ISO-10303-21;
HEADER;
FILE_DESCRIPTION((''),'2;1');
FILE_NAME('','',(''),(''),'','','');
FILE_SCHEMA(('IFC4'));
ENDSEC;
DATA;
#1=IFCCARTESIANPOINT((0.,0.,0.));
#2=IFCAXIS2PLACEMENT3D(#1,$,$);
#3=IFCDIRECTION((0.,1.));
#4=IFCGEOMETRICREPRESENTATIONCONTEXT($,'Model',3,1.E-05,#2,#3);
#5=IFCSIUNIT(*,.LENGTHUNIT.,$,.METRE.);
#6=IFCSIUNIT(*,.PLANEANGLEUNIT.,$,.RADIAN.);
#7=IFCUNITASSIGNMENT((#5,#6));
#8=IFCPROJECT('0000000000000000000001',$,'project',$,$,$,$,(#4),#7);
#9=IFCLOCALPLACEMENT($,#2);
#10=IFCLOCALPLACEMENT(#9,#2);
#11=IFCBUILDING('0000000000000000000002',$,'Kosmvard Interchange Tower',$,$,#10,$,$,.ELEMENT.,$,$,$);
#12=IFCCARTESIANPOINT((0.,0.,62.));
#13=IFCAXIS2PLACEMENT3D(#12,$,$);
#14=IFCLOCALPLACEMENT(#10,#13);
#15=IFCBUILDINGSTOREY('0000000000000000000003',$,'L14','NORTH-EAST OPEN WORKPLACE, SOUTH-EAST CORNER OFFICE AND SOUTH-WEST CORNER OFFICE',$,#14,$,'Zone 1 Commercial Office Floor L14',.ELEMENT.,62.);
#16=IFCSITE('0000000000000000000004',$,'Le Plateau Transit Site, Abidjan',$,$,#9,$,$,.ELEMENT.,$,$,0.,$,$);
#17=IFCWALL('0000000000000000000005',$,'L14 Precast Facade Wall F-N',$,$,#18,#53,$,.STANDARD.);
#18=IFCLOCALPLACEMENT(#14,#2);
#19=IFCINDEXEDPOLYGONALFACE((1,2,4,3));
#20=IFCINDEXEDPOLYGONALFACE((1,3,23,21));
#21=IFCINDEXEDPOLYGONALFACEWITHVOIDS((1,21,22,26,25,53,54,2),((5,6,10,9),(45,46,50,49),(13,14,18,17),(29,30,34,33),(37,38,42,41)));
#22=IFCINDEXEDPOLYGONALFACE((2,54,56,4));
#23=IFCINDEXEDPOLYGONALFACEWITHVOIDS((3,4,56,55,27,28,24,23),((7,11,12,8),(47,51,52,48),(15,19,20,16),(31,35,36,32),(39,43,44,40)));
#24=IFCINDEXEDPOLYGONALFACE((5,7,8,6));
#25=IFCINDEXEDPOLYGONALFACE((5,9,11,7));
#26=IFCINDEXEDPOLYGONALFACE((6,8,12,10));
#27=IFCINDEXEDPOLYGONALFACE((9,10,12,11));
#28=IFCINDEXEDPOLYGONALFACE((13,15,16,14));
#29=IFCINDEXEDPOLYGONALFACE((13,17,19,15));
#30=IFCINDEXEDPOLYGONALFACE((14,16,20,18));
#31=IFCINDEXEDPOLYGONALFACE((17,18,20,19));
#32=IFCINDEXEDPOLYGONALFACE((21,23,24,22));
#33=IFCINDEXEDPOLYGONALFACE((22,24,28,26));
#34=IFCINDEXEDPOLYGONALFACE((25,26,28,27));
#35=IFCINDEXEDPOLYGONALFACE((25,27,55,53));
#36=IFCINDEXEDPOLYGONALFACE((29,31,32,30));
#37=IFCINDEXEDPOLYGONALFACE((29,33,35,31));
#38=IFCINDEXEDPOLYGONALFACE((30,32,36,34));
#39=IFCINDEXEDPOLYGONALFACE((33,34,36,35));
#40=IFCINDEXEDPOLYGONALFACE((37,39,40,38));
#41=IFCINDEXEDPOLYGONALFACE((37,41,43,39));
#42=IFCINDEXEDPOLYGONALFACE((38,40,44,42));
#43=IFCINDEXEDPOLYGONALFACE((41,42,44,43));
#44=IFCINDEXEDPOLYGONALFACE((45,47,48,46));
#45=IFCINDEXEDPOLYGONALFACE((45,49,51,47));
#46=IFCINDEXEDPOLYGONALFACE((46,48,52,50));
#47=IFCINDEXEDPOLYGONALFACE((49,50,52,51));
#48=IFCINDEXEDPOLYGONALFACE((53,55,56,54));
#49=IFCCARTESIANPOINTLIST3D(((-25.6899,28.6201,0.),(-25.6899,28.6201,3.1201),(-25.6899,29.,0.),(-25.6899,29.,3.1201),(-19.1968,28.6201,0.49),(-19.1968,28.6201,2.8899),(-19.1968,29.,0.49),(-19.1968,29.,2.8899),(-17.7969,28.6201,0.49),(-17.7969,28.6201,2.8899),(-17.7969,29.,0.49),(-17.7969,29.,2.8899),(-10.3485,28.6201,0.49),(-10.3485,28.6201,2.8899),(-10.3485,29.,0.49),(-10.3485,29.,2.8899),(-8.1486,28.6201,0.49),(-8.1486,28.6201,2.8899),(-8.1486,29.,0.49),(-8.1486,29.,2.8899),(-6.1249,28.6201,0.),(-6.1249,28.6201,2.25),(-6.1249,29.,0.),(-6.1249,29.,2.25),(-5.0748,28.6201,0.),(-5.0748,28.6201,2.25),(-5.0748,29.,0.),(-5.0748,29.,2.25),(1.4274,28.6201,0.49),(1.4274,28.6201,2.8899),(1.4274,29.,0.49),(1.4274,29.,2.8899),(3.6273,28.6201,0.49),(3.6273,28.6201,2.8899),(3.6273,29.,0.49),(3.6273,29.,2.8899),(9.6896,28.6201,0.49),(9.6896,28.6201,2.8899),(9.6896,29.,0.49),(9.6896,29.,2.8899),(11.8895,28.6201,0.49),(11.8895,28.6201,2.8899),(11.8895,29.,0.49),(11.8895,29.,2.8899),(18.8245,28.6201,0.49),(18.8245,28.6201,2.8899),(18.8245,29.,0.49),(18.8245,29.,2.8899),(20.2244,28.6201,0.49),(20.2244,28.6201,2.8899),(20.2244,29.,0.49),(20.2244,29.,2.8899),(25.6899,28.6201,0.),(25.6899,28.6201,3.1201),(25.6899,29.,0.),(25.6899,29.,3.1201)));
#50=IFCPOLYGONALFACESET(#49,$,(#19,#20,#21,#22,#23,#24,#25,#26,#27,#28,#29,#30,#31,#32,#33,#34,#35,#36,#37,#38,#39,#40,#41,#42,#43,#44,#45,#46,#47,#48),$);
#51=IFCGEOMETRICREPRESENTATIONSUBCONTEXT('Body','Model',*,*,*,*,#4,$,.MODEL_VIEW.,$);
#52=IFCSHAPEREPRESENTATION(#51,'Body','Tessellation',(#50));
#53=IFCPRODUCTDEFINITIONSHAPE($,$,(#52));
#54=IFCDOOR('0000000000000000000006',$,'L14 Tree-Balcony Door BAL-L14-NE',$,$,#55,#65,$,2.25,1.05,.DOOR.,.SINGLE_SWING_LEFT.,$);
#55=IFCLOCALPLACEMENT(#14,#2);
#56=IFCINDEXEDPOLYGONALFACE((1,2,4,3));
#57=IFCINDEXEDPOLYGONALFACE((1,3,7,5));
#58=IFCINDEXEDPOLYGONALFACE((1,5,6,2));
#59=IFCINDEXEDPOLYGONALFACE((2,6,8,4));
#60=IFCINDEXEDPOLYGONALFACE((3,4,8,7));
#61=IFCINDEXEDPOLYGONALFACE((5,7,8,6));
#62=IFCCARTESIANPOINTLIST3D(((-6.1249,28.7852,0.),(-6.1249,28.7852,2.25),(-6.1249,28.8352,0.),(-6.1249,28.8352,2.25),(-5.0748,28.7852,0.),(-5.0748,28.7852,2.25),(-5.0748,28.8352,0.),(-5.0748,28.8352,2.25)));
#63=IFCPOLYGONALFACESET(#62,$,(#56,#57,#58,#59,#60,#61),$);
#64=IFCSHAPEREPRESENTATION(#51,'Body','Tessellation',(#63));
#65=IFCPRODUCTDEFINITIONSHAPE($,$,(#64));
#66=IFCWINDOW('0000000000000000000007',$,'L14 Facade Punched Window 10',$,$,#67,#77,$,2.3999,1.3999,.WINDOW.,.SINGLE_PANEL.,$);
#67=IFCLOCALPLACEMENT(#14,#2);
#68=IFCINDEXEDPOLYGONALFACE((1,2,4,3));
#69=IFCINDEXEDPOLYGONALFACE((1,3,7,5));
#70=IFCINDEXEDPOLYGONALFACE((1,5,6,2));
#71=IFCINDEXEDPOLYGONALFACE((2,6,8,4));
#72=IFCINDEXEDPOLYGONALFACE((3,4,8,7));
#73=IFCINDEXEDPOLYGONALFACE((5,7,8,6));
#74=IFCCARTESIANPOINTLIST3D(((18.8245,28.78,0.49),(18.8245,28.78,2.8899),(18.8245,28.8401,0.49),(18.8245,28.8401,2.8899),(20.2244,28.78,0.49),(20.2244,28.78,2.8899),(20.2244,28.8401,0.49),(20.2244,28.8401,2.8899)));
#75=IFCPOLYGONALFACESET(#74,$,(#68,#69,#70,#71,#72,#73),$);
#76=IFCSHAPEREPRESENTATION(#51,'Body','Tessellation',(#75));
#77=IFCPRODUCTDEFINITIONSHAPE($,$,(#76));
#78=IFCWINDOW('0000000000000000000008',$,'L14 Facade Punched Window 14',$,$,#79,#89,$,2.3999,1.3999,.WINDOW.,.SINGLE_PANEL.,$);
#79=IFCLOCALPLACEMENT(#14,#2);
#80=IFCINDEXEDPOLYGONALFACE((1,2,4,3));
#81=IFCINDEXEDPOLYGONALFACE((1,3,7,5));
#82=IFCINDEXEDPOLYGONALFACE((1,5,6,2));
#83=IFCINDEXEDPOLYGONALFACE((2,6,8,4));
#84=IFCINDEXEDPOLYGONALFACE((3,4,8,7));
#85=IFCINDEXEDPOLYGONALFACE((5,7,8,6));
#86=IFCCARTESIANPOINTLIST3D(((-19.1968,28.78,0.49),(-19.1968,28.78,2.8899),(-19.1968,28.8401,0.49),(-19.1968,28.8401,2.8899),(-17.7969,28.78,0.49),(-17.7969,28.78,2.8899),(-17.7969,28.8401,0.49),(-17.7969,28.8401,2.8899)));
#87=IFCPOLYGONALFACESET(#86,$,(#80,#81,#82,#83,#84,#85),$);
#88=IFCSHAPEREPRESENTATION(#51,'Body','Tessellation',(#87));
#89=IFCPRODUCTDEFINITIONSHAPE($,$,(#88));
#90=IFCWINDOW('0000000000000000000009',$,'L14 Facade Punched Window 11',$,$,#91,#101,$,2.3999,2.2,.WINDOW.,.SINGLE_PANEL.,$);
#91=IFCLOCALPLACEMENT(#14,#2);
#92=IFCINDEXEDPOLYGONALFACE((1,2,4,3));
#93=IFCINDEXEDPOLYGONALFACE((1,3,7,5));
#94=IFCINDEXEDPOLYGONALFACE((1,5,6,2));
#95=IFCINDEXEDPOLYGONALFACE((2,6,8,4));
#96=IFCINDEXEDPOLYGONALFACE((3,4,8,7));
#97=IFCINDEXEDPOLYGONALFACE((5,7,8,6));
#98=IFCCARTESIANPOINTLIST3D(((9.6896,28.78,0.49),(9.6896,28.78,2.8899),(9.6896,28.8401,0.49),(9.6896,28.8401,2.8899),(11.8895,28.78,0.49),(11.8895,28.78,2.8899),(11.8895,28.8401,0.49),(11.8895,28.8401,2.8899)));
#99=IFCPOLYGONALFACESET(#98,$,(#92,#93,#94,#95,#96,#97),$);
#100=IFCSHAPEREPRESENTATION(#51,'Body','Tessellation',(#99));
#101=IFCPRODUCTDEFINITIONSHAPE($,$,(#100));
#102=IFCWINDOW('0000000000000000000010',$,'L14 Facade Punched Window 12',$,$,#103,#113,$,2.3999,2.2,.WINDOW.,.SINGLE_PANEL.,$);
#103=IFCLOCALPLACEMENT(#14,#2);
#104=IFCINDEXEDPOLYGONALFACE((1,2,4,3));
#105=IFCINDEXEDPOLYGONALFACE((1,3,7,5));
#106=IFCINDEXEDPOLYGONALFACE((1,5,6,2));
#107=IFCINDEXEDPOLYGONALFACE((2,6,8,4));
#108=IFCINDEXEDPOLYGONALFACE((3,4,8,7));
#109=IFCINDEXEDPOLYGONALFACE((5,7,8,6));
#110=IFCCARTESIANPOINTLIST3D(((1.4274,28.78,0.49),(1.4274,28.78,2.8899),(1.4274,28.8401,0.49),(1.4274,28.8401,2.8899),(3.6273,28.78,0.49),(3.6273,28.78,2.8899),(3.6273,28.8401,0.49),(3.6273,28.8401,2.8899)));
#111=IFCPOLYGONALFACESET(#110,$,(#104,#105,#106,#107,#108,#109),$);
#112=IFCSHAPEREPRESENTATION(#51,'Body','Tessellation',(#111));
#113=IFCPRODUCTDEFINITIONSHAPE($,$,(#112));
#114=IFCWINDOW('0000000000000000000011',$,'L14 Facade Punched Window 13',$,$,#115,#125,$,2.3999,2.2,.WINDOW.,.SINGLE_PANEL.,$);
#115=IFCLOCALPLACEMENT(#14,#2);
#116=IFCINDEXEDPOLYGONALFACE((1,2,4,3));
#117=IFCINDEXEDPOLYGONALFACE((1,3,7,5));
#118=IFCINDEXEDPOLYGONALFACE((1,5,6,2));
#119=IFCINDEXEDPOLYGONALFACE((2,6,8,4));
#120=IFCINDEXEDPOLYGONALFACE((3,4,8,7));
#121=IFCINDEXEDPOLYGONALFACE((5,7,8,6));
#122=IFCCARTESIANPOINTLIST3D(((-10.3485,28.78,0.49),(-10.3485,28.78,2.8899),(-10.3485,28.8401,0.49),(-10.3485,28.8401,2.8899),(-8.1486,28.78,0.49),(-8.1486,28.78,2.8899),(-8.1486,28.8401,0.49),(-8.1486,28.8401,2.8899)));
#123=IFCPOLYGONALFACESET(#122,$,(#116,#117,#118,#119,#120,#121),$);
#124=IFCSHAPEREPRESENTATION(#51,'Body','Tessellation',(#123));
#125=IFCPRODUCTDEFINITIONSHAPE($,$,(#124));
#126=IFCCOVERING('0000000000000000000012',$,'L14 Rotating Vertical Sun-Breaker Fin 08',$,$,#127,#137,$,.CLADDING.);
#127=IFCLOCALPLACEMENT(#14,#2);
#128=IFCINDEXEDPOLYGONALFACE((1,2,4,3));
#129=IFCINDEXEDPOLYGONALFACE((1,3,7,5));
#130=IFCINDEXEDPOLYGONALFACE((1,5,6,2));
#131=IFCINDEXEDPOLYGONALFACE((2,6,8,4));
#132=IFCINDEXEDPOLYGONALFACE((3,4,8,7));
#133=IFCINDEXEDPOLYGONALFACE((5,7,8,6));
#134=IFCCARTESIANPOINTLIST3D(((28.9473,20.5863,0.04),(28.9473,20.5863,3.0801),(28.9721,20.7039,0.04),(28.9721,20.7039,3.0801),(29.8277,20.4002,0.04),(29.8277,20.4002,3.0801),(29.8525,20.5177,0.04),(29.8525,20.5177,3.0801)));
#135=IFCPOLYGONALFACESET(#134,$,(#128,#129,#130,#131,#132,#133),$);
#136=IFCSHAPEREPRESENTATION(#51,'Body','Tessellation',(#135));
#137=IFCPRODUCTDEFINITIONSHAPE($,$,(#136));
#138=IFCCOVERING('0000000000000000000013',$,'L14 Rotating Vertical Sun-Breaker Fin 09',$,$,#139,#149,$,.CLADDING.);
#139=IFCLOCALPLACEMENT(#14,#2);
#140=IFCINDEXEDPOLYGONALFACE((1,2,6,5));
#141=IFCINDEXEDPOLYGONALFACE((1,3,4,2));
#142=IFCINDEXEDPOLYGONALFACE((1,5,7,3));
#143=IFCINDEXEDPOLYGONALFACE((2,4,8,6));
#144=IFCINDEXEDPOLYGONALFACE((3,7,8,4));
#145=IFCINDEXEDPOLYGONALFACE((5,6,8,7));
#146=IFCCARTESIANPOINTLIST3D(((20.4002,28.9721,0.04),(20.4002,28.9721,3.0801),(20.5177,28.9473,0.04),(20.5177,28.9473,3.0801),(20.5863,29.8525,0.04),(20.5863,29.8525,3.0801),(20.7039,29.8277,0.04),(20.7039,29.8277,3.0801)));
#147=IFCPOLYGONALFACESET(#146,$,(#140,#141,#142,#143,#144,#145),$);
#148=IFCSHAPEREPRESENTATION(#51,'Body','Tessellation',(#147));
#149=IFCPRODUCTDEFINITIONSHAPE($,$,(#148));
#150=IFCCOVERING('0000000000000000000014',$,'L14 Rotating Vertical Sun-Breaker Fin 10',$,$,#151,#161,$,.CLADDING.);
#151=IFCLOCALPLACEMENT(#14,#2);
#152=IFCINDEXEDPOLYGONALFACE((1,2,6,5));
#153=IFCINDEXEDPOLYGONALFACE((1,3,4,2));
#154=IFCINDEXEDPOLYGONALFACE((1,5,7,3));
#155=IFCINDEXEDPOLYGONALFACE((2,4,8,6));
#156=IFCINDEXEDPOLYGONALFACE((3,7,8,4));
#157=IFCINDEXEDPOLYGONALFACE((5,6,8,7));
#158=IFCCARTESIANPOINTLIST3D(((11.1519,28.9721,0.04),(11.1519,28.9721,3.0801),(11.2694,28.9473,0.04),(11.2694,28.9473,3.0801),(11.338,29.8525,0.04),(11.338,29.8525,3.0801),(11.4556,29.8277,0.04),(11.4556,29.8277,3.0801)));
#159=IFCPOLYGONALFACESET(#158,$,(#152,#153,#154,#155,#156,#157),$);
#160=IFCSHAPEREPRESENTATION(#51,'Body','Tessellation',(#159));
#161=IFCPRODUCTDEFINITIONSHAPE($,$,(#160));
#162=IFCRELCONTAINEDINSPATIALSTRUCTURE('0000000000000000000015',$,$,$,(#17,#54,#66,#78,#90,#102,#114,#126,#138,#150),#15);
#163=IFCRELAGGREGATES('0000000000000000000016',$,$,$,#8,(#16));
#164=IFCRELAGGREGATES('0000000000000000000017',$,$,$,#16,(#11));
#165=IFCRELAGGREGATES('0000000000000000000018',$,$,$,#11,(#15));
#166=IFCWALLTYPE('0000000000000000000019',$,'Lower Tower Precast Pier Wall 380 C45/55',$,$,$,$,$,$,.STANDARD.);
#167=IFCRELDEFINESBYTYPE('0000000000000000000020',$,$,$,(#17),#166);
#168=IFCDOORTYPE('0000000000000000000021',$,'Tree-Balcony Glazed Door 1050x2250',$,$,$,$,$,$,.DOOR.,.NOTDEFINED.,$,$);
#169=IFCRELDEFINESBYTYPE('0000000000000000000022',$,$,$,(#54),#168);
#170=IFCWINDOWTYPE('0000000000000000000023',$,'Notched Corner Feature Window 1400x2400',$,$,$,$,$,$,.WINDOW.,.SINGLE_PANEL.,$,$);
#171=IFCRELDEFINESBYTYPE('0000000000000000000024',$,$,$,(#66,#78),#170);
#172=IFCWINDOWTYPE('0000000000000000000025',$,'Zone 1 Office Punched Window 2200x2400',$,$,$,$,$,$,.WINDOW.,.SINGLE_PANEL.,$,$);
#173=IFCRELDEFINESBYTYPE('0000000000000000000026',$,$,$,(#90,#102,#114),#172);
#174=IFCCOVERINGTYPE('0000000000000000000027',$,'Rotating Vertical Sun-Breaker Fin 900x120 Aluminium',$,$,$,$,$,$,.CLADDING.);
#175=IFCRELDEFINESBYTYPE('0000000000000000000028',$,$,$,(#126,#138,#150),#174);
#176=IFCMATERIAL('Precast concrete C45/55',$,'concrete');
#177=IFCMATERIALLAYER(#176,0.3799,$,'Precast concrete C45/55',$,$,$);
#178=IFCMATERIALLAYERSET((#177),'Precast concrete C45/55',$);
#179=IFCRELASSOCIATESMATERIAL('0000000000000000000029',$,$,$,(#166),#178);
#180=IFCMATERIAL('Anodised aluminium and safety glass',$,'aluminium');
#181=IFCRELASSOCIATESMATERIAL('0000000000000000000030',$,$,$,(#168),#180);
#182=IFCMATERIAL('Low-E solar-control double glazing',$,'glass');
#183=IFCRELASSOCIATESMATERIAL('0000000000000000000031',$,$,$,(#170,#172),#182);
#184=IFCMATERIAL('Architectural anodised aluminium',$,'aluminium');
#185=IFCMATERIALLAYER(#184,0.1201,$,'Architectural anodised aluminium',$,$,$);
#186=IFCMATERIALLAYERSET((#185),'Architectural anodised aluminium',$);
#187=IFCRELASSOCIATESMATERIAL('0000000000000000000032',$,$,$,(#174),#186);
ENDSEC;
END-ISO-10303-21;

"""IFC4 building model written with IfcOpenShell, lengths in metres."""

from ifc_helpers import new_model, si_unit, direction, frame, frame_2d, origin, origin_2d, place, context, subcontext, project, spatial, rectangle, extrude, source, transform, mapped, material, layer, layer_set, type_object, element, fill, save


model = new_model("IFC4")

# Units and contexts
model_context = context("Model", 3, precision=1e-05, world=origin(), true_north=direction((0.0, 1.0)))
body_context = subcontext(model_context, "Body", "Model", "MODEL_VIEW")
ifc_project = project(units=[si_unit("LENGTHUNIT", "METRE"), si_unit("PLANEANGLEUNIT", "RADIAN")], contexts=[model_context])

# Site, building, storey
site_placement = place(None, origin())
site = spatial("IfcSite", under=ifc_project, at=site_placement, Name="Le Plateau Transit Site, Abidjan", CompositionType="ELEMENT", RefElevation=0.0)
building_placement = place(site_placement, origin())
building = spatial("IfcBuilding", under=site, at=building_placement, Name="Kosmvard Interchange Tower", CompositionType="ELEMENT")
storey_placement = place(building_placement, frame((0.0, 0.0, 62.0)))
storey = spatial("IfcBuildingStorey", under=building, at=storey_placement, Name="L14", Description="NORTH-EAST OPEN WORKPLACE, SOUTH-EAST CORNER OFFICE AND SOUTH-WEST CORNER OFFICE", LongName="Zone 1 Commercial Office Floor L14", CompositionType="ELEMENT", Elevation=62.0)

# Shared definitions
ifc_material_1 = material(Name="Precast concrete C45/55", Category="concrete")

# Shared definitions
ifc_layer_1 = layer(ifc_material_1, 0.3799, Name="Precast concrete C45/55")
ifc_layer_set_1 = layer_set([ifc_layer_1], Name="Precast concrete C45/55")
wall_type = type_object("IfcWallType", Name="Lower Tower Precast Pier Wall 380 C45/55", PredefinedType="STANDARD", material=ifc_layer_set_1)

# Wall, openings, door, windows
wall_1_placement = place(storey_placement, frame((25.6899, 28.8101, 0.0), z_axis=(0.0, 0.0, 1.0), x_axis=(-1.0, 0.0, 0.0)))
wall_1 = element("IfcWall", 1, at=wall_1_placement, inside=storey, type_object=wall_type, Name="L14 Precast Facade Wall F-N", PredefinedType="STANDARD", context=body_context, shape_type="SweptSolid", body=[
    extrude(rectangle(XDim=51.3799, YDim=0.3799, at=frame_2d((25.6899, 0.0))), origin(), (0.0, 0.0, 1.0), 3.1201),
])
opening_1_placement = place(wall_1_placement, frame((30.7649, 0.0, 0.0)))
opening_1 = element("IfcOpeningElement", 2, at=opening_1_placement, cuts=wall_1, PredefinedType="OPENING", context=body_context, shape_type="SweptSolid", body=[
    extrude(rectangle(XDim=1.05, YDim=2.25, at=frame_2d((0.5249, 1.125))), frame((0.0, 0.2, 0.0), z_axis=(0.0, -1.0, 0.0), x_axis=(1.0, 0.0, 0.0)), (0.0, 0.0, 1.0), 0.3999),
])
opening_2_placement = place(wall_1_placement, frame((5.4656, 0.0, 0.49)))
opening_2 = element("IfcOpeningElement", 3, at=opening_2_placement, cuts=wall_1, PredefinedType="OPENING", context=body_context, shape_type="SweptSolid", body=[
    extrude(rectangle(XDim=1.3999, YDim=2.3999, at=frame_2d((0.7, 1.2))), frame((0.0, 0.2, 0.0), z_axis=(0.0, -1.0, 0.0), x_axis=(1.0, 0.0, 0.0)), (0.0, 0.0, 1.0), 0.3999),
])
opening_3_placement = place(wall_1_placement, frame((13.8003, 0.0, 0.49)))
opening_3 = element("IfcOpeningElement", 4, at=opening_3_placement, cuts=wall_1, PredefinedType="OPENING", context=body_context, shape_type="SweptSolid", body=[
    extrude(rectangle(XDim=2.2, YDim=2.3999, at=frame_2d((1.1001, 1.2))), frame((0.0, 0.2, 0.0), z_axis=(0.0, -1.0, 0.0), x_axis=(1.0, 0.0, 0.0)), (0.0, 0.0, 1.0), 0.3999),
])
opening_4_placement = place(wall_1_placement, frame((22.0625, 0.0, 0.49)))
opening_4 = element("IfcOpeningElement", 5, at=opening_4_placement, cuts=wall_1, PredefinedType="OPENING", context=body_context, shape_type="SweptSolid", body=[
    extrude(rectangle(XDim=2.2, YDim=2.3999, at=frame_2d((1.1001, 1.2))), frame((0.0, 0.2, 0.0), z_axis=(0.0, -1.0, 0.0), x_axis=(1.0, 0.0, 0.0)), (0.0, 0.0, 1.0), 0.3999),
])
opening_5_placement = place(wall_1_placement, frame((33.8384, 0.0, 0.49)))
opening_5 = element("IfcOpeningElement", 6, at=opening_5_placement, cuts=wall_1, PredefinedType="OPENING", context=body_context, shape_type="SweptSolid", body=[
    extrude(rectangle(XDim=2.2, YDim=2.3999, at=frame_2d((1.1001, 1.2))), frame((0.0, 0.2, 0.0), z_axis=(0.0, -1.0, 0.0), x_axis=(1.0, 0.0, 0.0)), (0.0, 0.0, 1.0), 0.3999),
])
opening_6_placement = place(wall_1_placement, frame((43.4868, 0.0, 0.49)))
opening_6 = element("IfcOpeningElement", 7, at=opening_6_placement, cuts=wall_1, PredefinedType="OPENING", context=body_context, shape_type="SweptSolid", body=[
    extrude(rectangle(XDim=1.3999, YDim=2.3999, at=frame_2d((0.7, 1.2))), frame((0.0, 0.2, 0.0), z_axis=(0.0, -1.0, 0.0), x_axis=(1.0, 0.0, 0.0)), (0.0, 0.0, 1.0), 0.3999),
])
ifc_material_2 = material(Name="Anodised aluminium and safety glass", Category="aluminium")
door_type = type_object("IfcDoorType", Name="Tree-Balcony Glazed Door 1050x2250", OperationType="NOTDEFINED", PredefinedType="DOOR", material=ifc_material_2)
shared_shape_1 = source(origin(), body_context, "Body", "SweptSolid", [
    extrude(rectangle(XDim=1.05, YDim=2.25, at=frame_2d((0.5249, 1.125))), frame((0.0, 0.0249, 0.0), z_axis=(0.0, -1.0, 0.0), x_axis=(1.0, 0.0, 0.0)), (0.0, 0.0, 1.0), 0.05),
])
door_placement = place(opening_1_placement, origin())
door = element("IfcDoor", 8, at=door_placement, inside=storey, type_object=door_type, Name="L14 Tree-Balcony Door BAL-L14-NE", OperationType="SINGLE_SWING_LEFT", OverallHeight=2.25, OverallWidth=1.05, PredefinedType="DOOR", context=body_context, shape_type="MappedRepresentation", body=[
    mapped(shared_shape_1, transform((0.0, 0.0, 0.0), scale=1.0)),
])
fill(opening_1, door)
ifc_material_3 = material(Name="Low-E solar-control double glazing", Category="glass")
window_type_1 = type_object("IfcWindowType", Name="Notched Corner Feature Window 1400x2400", PartitioningType="SINGLE_PANEL", PredefinedType="WINDOW", material=ifc_material_3)
shared_shape_2 = source(origin(), body_context, "Body", "SweptSolid", [
    extrude(rectangle(XDim=1.3999, YDim=2.3999, at=frame_2d((0.7, 1.2))), frame((0.0, 0.03, 0.0), z_axis=(0.0, -1.0, 0.0), x_axis=(1.0, 0.0, 0.0)), (0.0, 0.0, 1.0), 0.0601),
])
window_1_placement = place(opening_2_placement, origin())
window_1 = element("IfcWindow", 9, at=window_1_placement, inside=storey, type_object=window_type_1, Name="L14 Facade Punched Window 10", OverallHeight=2.3999, OverallWidth=1.3999, PartitioningType="SINGLE_PANEL", PredefinedType="WINDOW", context=body_context, shape_type="MappedRepresentation", body=[
    mapped(shared_shape_2, transform((0.0, 0.0, 0.0), scale=1.0)),
])
fill(opening_2, window_1)
window_2_placement = place(opening_6_placement, origin())
window_2 = element("IfcWindow", 10, at=window_2_placement, inside=storey, type_object=window_type_1, Name="L14 Facade Punched Window 14", OverallHeight=2.3999, OverallWidth=1.3999, PartitioningType="SINGLE_PANEL", PredefinedType="WINDOW", context=body_context, shape_type="MappedRepresentation", body=[
    mapped(shared_shape_2, transform((0.0, 0.0, 0.0), scale=1.0)),
])
fill(opening_6, window_2)
window_type_2 = type_object("IfcWindowType", Name="Zone 1 Office Punched Window 2200x2400", PartitioningType="SINGLE_PANEL", PredefinedType="WINDOW", material=ifc_material_3)
shared_shape_3 = source(origin(), body_context, "Body", "SweptSolid", [
    extrude(rectangle(XDim=2.2, YDim=2.3999, at=frame_2d((1.1001, 1.2))), frame((0.0, 0.03, 0.0), z_axis=(0.0, -1.0, 0.0), x_axis=(1.0, 0.0, 0.0)), (0.0, 0.0, 1.0), 0.0601),
])
window_3_placement = place(opening_3_placement, origin())
window_3 = element("IfcWindow", 11, at=window_3_placement, inside=storey, type_object=window_type_2, Name="L14 Facade Punched Window 11", OverallHeight=2.3999, OverallWidth=2.2, PartitioningType="SINGLE_PANEL", PredefinedType="WINDOW", context=body_context, shape_type="MappedRepresentation", body=[
    mapped(shared_shape_3, transform((0.0, 0.0, 0.0), scale=1.0)),
])
fill(opening_3, window_3)
window_4_placement = place(opening_4_placement, origin())
window_4 = element("IfcWindow", 12, at=window_4_placement, inside=storey, type_object=window_type_2, Name="L14 Facade Punched Window 12", OverallHeight=2.3999, OverallWidth=2.2, PartitioningType="SINGLE_PANEL", PredefinedType="WINDOW", context=body_context, shape_type="MappedRepresentation", body=[
    mapped(shared_shape_3, transform((0.0, 0.0, 0.0), scale=1.0)),
])
fill(opening_4, window_4)
window_5_placement = place(opening_5_placement, origin())
window_5 = element("IfcWindow", 13, at=window_5_placement, inside=storey, type_object=window_type_2, Name="L14 Facade Punched Window 13", OverallHeight=2.3999, OverallWidth=2.2, PartitioningType="SINGLE_PANEL", PredefinedType="WINDOW", context=body_context, shape_type="MappedRepresentation", body=[
    mapped(shared_shape_3, transform((0.0, 0.0, 0.0), scale=1.0)),
])
fill(opening_5, window_5)

# Coverings
ifc_material_4 = material(Name="Architectural anodised aluminium", Category="aluminium")
ifc_layer_2 = layer(ifc_material_4, 0.1201, Name="Architectural anodised aluminium")
ifc_layer_set_2 = layer_set([ifc_layer_2], Name="Architectural anodised aluminium")
covering_type = type_object("IfcCoveringType", Name="Rotating Vertical Sun-Breaker Fin 900x120 Aluminium", PredefinedType="CLADDING", material=ifc_layer_set_2)
shared_shape_4 = source(origin(), body_context, "Body", "SweptSolid", [
    extrude(rectangle(XDim=0.8999, YDim=0.1201, at=origin_2d()), origin(), (0.0, 0.0, 1.0), 3.04),
])
for number, where, z_axis, x_axis, name in (
    (14, (29.3999, 20.552, 0.04), (0.0, 0.0, 1.0), (0.978365, -0.206887, 0.0), "L14 Rotating Vertical Sun-Breaker Fin 08"),
    (15, (20.552, 29.3999, 0.04), (0.0, 0.0, 1.0), (0.206887, 0.978365, 0.0), "L14 Rotating Vertical Sun-Breaker Fin 09"),
    (16, (11.3037, 29.3999, 0.04), (0.0, 0.0, 1.0), (0.206887, 0.978365, 0.0), "L14 Rotating Vertical Sun-Breaker Fin 10"),
):
    element("IfcCovering", number, at=place(storey_placement, frame(where, z_axis=z_axis, x_axis=x_axis)), inside=storey, type_object=covering_type, Name=name, PredefinedType="CLADDING", context=body_context, shape_type="MappedRepresentation", body=[
        mapped(shared_shape_4, transform((0.0, 0.0, 0.0), scale=1.0)),
    ])

save(model, "model.ifc")
